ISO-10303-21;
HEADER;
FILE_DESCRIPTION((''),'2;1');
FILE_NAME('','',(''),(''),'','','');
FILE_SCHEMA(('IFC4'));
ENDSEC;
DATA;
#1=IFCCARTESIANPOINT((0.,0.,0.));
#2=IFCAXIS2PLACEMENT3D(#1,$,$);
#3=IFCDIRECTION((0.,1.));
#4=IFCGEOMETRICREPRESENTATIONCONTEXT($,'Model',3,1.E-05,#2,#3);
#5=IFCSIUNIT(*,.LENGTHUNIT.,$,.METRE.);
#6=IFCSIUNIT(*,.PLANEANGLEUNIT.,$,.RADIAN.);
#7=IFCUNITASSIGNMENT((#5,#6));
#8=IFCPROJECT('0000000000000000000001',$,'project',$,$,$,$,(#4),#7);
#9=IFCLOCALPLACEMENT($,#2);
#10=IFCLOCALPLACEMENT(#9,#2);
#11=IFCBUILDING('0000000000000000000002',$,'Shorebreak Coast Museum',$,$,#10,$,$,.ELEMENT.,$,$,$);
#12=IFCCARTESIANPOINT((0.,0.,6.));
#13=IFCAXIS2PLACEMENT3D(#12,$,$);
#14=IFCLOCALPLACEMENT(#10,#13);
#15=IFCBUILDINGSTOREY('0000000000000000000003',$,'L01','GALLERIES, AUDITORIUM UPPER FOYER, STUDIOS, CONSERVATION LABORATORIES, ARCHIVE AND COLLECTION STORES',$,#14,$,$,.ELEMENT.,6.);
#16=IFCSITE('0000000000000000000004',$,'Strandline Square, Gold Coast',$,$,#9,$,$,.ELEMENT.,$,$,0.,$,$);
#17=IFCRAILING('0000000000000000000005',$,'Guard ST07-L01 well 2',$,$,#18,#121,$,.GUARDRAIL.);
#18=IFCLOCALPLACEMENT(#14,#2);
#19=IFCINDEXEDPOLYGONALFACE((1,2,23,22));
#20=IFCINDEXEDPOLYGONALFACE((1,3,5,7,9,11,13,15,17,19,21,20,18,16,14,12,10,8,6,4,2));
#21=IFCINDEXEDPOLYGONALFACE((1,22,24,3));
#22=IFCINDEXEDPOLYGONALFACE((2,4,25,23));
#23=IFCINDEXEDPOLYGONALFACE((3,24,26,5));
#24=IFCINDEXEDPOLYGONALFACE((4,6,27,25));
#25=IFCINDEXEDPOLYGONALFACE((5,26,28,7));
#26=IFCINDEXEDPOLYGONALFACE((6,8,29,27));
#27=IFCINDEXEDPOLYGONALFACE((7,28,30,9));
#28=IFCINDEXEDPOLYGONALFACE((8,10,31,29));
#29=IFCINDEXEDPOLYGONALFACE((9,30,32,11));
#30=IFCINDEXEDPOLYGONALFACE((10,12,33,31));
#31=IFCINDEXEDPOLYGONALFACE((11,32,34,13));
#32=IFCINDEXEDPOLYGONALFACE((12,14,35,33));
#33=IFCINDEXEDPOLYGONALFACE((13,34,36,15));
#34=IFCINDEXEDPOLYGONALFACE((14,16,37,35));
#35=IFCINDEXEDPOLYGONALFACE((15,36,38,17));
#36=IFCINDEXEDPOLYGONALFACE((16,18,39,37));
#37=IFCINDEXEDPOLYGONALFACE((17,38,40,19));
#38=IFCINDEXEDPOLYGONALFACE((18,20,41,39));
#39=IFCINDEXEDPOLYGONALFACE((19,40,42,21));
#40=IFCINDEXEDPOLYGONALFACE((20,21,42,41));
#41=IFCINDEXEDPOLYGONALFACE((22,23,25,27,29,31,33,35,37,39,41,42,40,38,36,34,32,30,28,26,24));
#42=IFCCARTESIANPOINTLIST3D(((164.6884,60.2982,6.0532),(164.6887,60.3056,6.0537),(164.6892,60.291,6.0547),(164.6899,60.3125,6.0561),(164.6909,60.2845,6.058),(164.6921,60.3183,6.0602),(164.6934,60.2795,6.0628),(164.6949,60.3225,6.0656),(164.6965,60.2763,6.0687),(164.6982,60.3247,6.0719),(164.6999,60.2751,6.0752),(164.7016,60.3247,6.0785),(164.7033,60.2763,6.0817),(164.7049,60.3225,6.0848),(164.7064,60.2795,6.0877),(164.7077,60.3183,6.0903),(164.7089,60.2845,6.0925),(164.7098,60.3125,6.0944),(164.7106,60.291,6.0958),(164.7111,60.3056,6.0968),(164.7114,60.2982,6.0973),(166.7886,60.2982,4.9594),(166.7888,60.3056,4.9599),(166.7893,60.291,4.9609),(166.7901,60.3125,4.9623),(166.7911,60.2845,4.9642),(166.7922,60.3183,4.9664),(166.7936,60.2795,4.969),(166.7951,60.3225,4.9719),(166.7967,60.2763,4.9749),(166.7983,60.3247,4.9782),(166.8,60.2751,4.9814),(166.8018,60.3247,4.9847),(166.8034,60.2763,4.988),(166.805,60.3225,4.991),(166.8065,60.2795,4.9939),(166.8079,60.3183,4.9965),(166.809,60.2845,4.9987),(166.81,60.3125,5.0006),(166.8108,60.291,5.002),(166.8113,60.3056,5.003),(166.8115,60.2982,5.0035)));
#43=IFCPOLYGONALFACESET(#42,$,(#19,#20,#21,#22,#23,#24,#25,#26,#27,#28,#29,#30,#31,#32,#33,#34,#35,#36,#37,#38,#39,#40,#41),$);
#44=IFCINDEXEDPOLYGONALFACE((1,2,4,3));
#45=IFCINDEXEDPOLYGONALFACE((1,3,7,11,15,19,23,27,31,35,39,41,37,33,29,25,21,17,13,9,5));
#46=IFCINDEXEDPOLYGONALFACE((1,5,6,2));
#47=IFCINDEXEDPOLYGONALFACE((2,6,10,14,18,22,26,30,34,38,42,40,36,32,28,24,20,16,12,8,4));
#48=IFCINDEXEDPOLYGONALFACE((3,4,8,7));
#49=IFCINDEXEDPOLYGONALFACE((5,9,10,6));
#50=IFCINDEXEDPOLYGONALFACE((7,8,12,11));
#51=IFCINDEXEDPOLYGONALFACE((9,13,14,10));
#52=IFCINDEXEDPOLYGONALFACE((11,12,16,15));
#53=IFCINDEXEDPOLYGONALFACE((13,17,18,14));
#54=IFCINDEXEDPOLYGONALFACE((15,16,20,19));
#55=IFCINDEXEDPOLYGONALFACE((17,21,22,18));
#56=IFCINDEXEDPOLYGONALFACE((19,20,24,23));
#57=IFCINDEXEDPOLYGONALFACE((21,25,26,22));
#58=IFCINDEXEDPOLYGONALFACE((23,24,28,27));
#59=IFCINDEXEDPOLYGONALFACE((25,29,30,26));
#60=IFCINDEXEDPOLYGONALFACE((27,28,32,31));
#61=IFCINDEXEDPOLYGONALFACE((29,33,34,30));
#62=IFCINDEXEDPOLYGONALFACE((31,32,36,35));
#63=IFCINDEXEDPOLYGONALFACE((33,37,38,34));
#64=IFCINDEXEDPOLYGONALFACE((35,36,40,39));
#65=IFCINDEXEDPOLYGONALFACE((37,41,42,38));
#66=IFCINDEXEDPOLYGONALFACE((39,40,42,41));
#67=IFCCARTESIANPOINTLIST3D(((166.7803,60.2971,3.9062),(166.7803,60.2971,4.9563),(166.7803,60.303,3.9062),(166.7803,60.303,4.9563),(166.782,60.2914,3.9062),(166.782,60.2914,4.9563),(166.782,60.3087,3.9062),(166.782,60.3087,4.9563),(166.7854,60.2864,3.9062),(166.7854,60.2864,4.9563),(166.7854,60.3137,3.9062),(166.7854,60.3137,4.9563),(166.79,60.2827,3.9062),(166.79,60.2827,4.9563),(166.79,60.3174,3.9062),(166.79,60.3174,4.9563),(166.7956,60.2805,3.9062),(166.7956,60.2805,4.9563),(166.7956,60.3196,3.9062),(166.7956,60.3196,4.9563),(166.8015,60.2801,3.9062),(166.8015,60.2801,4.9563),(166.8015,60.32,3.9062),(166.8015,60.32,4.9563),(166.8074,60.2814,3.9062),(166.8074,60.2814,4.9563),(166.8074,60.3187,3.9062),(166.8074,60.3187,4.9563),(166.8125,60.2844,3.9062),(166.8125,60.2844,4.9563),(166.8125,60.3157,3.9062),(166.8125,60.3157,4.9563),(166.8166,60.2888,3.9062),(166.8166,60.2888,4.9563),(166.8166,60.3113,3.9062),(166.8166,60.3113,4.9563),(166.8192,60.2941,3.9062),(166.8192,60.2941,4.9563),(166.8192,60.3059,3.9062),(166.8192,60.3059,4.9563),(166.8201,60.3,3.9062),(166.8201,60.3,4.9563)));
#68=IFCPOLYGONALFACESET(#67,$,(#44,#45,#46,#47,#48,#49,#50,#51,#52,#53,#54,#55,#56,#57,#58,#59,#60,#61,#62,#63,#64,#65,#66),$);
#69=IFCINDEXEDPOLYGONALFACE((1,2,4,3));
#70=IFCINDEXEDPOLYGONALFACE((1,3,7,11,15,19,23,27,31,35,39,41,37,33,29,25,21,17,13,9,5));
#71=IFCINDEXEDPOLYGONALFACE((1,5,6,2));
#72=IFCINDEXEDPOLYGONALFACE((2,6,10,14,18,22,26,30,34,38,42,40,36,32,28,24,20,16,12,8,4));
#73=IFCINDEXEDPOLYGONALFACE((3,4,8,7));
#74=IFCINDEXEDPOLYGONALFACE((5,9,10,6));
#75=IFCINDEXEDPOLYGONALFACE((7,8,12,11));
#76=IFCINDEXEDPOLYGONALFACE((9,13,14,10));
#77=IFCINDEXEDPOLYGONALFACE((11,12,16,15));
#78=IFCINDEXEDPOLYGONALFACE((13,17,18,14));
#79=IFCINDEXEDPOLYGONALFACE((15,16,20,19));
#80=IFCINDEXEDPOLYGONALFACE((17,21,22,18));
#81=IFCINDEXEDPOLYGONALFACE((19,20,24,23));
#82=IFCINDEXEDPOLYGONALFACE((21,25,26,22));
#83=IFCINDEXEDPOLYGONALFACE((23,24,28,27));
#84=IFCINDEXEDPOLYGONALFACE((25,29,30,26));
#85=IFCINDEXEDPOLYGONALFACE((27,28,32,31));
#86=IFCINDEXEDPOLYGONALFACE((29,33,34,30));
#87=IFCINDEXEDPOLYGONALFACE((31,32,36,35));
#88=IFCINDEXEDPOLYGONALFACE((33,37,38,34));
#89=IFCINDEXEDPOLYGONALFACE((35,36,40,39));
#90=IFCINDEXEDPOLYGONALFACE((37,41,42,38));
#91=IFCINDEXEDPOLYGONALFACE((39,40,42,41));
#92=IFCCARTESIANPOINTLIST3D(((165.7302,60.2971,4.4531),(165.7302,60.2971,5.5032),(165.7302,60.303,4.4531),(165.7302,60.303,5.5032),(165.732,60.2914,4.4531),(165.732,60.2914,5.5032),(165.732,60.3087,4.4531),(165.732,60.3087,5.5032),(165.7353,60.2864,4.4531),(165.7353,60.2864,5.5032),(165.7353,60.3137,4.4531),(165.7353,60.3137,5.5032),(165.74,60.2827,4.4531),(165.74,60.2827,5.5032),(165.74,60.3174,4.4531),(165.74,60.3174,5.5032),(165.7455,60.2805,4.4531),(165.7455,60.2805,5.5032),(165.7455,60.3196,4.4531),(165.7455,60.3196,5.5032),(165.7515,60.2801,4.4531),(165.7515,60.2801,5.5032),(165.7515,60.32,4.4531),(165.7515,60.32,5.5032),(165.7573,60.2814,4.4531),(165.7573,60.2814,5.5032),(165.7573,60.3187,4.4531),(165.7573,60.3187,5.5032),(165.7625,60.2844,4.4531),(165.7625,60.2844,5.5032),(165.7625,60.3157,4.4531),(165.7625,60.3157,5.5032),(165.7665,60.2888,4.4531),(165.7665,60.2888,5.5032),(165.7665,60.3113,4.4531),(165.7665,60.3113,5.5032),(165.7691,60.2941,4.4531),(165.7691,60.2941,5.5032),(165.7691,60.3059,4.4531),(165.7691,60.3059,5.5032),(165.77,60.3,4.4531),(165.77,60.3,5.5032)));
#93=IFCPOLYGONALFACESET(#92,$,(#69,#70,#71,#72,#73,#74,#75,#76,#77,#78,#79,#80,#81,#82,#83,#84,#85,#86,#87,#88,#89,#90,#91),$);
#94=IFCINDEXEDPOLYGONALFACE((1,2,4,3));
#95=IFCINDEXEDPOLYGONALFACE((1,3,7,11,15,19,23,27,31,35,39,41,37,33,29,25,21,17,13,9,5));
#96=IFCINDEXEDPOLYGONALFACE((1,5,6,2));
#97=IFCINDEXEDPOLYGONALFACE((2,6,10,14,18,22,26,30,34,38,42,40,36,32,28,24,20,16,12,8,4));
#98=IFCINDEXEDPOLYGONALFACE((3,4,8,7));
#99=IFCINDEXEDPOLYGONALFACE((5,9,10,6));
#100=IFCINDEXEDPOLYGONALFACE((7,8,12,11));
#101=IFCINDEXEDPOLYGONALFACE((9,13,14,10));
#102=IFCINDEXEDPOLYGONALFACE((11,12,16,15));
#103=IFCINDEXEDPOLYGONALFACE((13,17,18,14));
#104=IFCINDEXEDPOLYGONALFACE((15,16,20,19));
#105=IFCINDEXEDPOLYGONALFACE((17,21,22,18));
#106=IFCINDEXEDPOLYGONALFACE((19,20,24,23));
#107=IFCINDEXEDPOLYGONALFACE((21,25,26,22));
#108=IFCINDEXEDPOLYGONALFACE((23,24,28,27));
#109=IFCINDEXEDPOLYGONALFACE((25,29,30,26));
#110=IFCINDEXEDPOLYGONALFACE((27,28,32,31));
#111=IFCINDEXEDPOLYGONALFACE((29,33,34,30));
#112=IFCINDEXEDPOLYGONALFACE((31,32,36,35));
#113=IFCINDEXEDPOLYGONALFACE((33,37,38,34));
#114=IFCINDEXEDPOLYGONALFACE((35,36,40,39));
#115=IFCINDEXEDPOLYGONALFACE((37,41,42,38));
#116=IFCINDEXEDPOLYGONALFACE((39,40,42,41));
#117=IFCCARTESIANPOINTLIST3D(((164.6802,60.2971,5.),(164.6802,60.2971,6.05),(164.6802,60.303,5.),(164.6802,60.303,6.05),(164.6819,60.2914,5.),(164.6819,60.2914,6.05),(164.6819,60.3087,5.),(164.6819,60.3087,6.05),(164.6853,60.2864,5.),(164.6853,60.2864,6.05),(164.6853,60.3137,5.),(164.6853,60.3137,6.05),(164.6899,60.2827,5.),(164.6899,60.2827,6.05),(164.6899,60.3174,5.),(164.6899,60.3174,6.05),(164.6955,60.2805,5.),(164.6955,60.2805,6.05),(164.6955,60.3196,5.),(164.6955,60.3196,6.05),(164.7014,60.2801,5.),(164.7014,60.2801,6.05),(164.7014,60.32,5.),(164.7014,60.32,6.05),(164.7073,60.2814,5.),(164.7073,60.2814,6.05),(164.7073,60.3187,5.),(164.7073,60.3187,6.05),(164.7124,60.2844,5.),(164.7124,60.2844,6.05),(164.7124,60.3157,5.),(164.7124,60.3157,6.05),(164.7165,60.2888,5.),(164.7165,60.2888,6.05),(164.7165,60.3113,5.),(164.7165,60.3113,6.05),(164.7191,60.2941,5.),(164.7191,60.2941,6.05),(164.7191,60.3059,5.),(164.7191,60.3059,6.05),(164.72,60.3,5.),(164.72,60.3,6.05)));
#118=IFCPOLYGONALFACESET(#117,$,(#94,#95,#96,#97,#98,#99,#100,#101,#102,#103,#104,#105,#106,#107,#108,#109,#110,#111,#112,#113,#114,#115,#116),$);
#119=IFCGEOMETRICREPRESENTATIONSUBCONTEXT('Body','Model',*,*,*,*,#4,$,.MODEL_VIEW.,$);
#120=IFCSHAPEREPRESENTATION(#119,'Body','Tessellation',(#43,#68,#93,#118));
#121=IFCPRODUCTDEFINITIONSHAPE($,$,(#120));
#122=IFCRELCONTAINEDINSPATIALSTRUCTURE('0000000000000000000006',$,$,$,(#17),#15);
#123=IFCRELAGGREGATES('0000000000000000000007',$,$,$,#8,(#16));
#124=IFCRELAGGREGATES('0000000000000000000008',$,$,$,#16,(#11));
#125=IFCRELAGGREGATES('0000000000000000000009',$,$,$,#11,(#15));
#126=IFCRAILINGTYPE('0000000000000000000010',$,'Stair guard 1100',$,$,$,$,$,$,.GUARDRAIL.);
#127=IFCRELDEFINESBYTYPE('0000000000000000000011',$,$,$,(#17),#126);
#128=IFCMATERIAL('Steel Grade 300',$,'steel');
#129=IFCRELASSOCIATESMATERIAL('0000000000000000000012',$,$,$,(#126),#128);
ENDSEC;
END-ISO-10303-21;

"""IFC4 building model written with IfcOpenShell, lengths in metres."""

from ifc_helpers import new_model, si_unit, direction, frame, origin, origin_2d, place, context, subcontext, project, spatial, circle, extrude, material, type_object, element, save


model = new_model("IFC4")

# Units and contexts
model_context = context("Model", 3, precision=1e-05, world=origin(), true_north=direction((0.0, 1.0)))
body_context = subcontext(model_context, "Body", "Model", "MODEL_VIEW")
ifc_project = project(units=[si_unit("LENGTHUNIT", "METRE"), si_unit("PLANEANGLEUNIT", "RADIAN")], contexts=[model_context])

# Site, building, storey
site_placement = place(None, origin())
site = spatial("IfcSite", under=ifc_project, at=site_placement, Name="Strandline Square, Gold Coast", CompositionType="ELEMENT", RefElevation=0.0)
building_placement = place(site_placement, origin())
building = spatial("IfcBuilding", under=site, at=building_placement, Name="Shorebreak Coast Museum", CompositionType="ELEMENT")
storey_placement = place(building_placement, frame((0.0, 0.0, 6.0)))
storey = spatial("IfcBuildingStorey", under=building, at=storey_placement, Name="L01", Description="GALLERIES, AUDITORIUM UPPER FOYER, STUDIOS, CONSERVATION LABORATORIES, ARCHIVE AND COLLECTION STORES", CompositionType="ELEMENT", Elevation=6.0)

# Railing
ifc_material_1 = material(Name="Steel Grade 300", Category="steel")
railing_type_1 = type_object("IfcRailingType", Name="Stair guard 1100", PredefinedType="GUARDRAIL", material=ifc_material_1)
railing_1_placement = place(storey_placement, frame((166.8, 60.3, 3.9062)))
element("IfcRailing", 1, at=railing_1_placement, inside=storey, type_object=railing_type_1, Name="Guard ST07-L01 well 2", PredefinedType="GUARDRAIL", context=body_context, shape_type="SweptSolid", body=[
    extrude(circle(Radius=0.0249, at=origin_2d()), frame((0.0, 0.0, 1.0752), z_axis=(-0.886923, 0.0, 0.461918), x_axis=(0.0, -1.0, 0.0)), (0.0, 0.0, 1.0), 2.3679),
    extrude(circle(Radius=0.02, at=origin_2d()), origin(), (0.0, 0.0, 1.0), 1.05),
    extrude(circle(Radius=0.02, at=origin_2d()), frame((-1.05, 0.0, 0.5469)), (0.0, 0.0, 1.0), 1.05),
    extrude(circle(Radius=0.02, at=origin_2d()), frame((-2.1001, 0.0, 1.0938)), (0.0, 0.0, 1.0), 1.05),
])

save(model, "model.ifc")
